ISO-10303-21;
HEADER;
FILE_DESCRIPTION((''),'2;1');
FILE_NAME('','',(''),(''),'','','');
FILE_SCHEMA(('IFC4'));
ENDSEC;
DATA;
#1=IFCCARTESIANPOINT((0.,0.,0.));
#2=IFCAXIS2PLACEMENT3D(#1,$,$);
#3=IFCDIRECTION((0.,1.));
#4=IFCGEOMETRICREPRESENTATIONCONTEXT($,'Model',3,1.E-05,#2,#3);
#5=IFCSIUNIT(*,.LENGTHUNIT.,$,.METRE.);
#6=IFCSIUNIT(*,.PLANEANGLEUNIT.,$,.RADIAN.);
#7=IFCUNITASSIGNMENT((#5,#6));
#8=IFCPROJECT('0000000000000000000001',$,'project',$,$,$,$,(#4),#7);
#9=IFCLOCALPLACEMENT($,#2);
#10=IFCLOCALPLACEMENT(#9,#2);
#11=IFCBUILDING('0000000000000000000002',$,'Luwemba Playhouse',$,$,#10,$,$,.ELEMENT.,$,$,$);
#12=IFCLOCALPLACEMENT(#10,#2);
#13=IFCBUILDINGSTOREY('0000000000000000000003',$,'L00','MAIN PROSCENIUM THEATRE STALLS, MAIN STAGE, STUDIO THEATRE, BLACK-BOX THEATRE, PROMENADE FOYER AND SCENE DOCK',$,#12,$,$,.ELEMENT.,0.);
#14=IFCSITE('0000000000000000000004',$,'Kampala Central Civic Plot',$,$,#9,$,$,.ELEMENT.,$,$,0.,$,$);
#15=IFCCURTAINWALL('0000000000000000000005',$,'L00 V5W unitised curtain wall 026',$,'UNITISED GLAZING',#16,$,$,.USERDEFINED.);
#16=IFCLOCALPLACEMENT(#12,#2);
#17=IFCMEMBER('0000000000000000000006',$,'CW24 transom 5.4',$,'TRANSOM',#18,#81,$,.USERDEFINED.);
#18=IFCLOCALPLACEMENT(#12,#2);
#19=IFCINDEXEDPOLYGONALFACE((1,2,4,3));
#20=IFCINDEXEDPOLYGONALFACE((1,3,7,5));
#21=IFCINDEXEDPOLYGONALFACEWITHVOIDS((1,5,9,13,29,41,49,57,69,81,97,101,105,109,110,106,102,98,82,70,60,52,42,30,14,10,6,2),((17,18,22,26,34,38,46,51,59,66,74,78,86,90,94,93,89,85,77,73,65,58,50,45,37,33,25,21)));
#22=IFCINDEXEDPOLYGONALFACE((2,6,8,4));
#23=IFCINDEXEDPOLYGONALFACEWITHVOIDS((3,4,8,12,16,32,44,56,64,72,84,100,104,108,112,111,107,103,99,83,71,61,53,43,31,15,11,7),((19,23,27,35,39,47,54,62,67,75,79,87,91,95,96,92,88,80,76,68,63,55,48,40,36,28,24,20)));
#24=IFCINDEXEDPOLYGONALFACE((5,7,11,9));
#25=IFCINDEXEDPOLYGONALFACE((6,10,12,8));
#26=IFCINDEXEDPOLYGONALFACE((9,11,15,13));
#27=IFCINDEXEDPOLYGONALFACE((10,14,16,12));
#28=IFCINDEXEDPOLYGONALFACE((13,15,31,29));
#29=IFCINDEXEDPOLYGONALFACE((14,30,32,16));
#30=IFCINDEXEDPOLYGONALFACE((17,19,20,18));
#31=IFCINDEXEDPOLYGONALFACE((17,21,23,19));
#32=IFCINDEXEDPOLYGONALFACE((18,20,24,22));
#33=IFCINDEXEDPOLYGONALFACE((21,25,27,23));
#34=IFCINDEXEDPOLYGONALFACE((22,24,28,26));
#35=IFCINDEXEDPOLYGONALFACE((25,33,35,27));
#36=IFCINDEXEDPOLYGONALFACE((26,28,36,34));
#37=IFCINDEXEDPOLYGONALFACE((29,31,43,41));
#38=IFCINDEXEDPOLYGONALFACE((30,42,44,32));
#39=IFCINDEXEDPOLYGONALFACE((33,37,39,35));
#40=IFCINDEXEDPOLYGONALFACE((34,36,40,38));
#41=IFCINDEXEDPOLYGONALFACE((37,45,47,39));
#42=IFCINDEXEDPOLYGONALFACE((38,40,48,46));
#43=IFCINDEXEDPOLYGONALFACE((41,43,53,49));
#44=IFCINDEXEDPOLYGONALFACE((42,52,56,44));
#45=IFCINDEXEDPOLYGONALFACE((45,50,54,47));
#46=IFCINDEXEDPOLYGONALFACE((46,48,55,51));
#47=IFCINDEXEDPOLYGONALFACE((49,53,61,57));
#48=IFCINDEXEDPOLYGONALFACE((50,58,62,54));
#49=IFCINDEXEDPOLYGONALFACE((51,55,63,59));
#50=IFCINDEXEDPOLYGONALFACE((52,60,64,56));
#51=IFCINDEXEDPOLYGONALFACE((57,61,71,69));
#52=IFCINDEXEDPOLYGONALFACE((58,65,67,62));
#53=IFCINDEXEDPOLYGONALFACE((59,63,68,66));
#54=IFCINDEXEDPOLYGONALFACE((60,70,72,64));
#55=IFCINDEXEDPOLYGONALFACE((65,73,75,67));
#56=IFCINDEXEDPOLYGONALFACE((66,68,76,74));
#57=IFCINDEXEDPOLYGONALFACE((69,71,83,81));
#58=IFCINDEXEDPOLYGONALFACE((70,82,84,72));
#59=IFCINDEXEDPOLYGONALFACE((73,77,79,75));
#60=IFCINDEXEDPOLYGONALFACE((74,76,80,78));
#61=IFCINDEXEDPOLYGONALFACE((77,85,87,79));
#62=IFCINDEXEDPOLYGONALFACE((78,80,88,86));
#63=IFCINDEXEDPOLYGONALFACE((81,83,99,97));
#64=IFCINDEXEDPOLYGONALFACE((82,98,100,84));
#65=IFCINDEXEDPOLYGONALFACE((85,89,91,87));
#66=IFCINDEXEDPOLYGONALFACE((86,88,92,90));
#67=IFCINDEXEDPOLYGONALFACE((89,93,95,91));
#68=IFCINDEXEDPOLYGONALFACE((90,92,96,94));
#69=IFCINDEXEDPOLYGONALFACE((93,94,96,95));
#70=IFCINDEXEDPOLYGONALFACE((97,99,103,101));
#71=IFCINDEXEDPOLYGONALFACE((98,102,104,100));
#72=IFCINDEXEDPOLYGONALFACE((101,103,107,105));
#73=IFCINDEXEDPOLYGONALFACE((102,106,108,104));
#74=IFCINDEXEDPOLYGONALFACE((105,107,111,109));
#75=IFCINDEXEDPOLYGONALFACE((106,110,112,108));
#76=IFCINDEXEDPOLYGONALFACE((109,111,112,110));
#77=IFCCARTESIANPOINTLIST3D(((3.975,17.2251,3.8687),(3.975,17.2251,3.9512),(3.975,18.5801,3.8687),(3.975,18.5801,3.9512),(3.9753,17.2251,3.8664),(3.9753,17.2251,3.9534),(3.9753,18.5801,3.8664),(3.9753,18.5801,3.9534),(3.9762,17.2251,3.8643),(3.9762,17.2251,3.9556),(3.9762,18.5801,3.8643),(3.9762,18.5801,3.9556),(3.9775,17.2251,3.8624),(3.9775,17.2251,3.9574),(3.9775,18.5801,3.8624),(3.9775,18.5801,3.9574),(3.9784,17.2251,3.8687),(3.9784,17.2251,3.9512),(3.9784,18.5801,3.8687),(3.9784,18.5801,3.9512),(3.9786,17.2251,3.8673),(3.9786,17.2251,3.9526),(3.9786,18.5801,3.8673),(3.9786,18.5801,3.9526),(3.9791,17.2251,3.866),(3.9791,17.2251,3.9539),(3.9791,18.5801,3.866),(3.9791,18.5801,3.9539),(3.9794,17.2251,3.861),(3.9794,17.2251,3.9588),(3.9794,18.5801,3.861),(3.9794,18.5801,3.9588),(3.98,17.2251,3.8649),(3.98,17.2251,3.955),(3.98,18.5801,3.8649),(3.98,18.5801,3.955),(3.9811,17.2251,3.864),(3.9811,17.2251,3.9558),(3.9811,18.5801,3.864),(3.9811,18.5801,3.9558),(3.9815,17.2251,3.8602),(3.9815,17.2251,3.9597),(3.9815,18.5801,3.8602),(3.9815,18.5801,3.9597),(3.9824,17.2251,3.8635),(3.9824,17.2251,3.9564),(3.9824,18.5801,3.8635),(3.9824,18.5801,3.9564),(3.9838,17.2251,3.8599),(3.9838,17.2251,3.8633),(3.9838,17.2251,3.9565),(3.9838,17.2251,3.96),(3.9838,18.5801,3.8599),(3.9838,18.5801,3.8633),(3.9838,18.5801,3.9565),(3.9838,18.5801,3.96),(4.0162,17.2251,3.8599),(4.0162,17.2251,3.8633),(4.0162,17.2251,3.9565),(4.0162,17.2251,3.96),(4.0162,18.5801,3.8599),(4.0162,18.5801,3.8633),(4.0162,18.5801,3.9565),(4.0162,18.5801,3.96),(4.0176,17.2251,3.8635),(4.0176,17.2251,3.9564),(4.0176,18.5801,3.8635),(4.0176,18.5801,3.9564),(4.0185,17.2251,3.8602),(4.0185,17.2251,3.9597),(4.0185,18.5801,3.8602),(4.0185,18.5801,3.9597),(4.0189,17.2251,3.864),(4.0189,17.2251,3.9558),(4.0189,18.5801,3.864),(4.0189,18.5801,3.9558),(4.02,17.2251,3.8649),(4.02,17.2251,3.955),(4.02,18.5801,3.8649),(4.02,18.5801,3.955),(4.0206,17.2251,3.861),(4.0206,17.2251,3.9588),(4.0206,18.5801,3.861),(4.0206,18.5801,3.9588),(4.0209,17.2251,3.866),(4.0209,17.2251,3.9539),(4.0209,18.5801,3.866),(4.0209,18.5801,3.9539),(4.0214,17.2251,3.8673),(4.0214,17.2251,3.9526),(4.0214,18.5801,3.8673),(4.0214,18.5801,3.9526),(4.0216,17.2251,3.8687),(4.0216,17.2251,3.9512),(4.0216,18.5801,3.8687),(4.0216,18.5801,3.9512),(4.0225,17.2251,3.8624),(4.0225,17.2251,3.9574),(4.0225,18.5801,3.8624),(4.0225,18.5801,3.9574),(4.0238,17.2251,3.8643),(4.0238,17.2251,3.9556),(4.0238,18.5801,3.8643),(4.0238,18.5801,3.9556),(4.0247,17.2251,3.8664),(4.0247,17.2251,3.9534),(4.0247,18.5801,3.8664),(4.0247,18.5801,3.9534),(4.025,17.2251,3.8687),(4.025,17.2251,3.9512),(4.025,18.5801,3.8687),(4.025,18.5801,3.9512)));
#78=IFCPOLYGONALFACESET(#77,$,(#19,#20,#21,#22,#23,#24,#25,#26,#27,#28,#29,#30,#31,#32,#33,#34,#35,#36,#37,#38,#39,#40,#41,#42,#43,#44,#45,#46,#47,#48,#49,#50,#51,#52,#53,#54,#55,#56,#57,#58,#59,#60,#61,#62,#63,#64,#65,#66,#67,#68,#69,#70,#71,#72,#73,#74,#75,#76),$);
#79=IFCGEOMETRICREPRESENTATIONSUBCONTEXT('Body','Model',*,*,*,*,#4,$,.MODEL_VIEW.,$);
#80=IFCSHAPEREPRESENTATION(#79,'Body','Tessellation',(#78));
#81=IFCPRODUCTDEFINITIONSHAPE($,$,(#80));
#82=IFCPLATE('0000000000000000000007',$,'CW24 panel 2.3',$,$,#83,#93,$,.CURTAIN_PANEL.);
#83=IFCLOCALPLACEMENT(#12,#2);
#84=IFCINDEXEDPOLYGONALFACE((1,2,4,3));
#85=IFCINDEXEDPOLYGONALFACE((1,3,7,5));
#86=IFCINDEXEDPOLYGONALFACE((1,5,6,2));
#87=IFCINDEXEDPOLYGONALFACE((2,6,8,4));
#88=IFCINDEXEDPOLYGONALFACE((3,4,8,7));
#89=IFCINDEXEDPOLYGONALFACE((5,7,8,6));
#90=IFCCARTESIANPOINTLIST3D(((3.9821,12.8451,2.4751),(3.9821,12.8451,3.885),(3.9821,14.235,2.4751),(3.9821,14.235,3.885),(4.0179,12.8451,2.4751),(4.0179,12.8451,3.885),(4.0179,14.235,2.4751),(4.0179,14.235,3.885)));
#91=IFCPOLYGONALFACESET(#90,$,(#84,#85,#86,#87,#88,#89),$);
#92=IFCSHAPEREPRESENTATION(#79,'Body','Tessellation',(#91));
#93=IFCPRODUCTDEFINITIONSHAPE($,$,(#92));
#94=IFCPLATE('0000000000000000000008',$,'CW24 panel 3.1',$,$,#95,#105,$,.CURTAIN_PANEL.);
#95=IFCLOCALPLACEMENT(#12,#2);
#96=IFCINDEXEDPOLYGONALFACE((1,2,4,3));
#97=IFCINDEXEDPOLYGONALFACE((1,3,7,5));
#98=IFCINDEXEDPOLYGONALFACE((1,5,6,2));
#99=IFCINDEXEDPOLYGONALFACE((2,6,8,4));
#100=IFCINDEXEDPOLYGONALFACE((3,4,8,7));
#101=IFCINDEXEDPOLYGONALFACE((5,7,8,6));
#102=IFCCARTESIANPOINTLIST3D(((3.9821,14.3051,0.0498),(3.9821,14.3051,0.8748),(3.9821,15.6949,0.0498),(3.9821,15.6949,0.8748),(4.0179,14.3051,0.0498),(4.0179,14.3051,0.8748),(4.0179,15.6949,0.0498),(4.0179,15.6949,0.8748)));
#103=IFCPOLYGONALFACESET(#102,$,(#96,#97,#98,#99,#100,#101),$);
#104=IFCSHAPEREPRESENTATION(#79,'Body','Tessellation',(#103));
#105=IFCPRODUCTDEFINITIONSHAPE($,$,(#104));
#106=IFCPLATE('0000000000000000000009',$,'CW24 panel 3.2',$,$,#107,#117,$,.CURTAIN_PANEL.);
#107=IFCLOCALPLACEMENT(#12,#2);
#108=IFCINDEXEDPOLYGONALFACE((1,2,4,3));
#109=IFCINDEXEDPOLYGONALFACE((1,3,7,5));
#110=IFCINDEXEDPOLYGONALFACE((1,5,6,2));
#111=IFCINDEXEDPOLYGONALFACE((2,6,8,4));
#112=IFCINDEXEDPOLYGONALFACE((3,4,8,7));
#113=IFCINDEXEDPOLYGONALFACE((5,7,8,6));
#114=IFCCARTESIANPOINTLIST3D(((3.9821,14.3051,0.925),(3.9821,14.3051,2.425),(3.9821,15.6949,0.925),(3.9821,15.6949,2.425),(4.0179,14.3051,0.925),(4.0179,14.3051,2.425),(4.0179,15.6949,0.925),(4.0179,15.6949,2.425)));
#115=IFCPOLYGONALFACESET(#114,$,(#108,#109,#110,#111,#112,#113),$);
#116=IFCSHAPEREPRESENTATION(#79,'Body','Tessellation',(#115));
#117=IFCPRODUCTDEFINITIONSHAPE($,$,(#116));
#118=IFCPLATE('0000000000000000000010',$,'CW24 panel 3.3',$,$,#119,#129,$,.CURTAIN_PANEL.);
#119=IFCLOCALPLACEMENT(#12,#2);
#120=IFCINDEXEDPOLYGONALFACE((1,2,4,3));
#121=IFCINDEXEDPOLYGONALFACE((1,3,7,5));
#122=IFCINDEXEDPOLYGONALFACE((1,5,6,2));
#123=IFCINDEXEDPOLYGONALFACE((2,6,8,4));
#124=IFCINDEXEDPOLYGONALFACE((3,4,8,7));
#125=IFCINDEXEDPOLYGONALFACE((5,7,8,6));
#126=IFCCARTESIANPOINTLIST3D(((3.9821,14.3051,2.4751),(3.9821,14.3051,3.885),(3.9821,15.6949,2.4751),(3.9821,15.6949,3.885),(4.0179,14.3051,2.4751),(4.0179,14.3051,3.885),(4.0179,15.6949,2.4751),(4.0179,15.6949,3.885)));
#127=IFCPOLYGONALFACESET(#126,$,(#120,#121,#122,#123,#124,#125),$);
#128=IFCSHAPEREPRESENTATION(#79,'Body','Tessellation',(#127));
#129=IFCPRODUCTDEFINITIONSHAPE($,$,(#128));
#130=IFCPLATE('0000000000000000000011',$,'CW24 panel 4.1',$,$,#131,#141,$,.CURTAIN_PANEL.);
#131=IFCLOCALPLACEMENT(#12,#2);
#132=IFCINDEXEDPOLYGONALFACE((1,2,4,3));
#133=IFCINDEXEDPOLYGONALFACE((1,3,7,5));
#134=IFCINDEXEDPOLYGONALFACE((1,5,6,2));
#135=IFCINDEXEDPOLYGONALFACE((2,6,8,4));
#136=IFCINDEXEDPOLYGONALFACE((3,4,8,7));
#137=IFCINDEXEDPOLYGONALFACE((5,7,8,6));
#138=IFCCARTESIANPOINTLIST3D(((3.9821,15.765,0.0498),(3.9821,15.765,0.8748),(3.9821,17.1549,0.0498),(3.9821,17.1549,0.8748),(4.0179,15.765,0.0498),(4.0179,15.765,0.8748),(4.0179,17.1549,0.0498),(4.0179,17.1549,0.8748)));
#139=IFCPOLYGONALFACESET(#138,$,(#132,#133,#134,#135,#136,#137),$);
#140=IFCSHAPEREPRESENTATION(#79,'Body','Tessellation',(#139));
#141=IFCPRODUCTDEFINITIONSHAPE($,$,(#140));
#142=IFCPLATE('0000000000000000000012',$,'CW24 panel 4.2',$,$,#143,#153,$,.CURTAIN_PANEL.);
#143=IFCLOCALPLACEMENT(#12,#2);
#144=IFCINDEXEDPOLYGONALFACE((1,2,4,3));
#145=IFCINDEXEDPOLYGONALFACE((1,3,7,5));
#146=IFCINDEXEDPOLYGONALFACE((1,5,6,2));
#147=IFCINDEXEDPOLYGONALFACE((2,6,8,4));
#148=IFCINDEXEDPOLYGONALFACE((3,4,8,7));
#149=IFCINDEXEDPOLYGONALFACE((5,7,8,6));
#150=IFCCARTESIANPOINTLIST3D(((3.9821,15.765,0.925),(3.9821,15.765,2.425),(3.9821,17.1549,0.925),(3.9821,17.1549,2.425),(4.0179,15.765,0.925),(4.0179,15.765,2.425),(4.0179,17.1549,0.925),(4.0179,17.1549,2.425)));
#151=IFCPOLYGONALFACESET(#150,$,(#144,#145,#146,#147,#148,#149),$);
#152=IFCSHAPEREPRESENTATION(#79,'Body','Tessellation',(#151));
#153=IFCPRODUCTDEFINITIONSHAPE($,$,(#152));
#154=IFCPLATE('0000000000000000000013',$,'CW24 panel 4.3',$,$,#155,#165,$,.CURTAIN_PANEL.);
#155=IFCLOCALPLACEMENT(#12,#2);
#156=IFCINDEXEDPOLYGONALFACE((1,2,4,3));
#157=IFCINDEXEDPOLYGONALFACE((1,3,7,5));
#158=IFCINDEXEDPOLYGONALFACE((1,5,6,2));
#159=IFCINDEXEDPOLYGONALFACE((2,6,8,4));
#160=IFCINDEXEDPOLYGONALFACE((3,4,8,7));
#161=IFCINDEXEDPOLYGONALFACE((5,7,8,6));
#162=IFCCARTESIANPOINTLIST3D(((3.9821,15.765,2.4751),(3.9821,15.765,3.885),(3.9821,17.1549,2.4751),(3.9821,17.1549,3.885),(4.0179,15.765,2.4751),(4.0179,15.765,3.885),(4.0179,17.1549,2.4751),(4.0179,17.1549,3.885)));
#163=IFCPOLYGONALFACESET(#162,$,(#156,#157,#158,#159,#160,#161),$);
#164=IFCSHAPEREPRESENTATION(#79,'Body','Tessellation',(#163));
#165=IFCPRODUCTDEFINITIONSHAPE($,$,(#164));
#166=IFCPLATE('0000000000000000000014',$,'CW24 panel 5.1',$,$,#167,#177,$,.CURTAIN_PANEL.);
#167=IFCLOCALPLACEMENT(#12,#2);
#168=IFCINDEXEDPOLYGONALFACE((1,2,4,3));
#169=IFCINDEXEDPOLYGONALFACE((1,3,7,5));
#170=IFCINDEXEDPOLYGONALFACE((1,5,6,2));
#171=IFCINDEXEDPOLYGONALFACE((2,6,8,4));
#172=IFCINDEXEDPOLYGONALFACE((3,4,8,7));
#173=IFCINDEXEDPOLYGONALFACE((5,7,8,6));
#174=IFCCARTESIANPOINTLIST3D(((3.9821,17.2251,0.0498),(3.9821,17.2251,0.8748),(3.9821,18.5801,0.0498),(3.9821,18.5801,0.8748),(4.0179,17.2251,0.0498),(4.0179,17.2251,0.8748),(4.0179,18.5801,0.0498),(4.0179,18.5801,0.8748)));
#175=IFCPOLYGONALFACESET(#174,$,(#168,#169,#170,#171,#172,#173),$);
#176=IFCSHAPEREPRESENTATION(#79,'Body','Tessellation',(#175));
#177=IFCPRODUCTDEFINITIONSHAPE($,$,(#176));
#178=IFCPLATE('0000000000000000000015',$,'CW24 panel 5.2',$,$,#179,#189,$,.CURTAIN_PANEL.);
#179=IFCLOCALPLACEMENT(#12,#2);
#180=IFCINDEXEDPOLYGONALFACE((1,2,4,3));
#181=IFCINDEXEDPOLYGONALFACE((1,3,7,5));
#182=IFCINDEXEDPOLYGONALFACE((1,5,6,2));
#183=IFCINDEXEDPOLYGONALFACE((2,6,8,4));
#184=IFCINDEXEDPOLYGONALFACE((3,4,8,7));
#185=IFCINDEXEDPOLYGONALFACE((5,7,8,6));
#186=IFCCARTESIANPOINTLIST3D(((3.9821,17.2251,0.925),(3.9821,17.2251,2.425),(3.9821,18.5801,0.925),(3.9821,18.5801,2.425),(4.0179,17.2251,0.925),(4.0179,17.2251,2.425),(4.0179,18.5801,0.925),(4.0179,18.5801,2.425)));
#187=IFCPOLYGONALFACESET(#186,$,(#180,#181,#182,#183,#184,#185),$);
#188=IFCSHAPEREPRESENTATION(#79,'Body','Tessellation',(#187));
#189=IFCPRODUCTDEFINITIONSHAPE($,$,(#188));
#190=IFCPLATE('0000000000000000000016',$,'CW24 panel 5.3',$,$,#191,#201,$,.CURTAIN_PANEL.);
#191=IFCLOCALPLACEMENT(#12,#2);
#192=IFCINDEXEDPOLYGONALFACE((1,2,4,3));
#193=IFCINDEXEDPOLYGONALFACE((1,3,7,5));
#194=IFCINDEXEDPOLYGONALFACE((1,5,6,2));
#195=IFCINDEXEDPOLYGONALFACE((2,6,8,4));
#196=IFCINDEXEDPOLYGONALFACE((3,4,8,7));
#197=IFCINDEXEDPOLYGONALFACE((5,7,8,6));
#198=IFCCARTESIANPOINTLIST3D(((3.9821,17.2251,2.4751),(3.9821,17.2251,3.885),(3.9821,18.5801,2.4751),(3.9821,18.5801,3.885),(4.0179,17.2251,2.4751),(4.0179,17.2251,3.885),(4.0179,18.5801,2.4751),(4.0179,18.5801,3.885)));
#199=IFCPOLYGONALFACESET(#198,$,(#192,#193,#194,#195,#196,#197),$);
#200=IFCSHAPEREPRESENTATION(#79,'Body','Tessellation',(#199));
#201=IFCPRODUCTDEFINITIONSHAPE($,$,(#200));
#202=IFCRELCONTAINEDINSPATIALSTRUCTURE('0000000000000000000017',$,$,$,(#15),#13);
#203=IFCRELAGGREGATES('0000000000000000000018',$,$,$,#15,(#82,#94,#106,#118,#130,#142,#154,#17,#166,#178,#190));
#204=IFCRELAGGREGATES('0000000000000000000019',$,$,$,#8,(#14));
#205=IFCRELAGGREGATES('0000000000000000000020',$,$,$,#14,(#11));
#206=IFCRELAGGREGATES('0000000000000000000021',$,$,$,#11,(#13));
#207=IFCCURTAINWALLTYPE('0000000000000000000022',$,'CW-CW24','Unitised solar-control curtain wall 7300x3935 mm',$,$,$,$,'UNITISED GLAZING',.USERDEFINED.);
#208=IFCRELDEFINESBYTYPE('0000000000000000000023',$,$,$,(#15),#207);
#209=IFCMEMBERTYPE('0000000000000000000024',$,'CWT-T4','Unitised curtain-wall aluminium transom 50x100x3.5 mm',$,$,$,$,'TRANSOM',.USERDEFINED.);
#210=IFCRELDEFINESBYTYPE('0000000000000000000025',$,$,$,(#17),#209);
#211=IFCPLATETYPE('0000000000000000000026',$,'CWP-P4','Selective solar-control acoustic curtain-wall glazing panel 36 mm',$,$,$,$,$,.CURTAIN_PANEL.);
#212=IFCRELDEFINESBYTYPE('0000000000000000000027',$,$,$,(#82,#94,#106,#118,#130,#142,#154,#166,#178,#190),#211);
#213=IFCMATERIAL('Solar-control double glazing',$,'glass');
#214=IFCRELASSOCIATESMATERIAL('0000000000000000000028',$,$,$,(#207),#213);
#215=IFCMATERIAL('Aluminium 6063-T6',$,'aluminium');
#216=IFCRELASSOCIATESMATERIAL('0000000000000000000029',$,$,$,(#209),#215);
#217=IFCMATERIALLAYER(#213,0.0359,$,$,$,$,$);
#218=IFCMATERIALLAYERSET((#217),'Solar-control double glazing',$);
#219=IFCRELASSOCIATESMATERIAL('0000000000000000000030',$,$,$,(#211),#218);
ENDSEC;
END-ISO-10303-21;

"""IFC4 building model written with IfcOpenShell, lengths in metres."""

from ifc_helpers import new_model, si_unit, direction, frame, origin, origin_2d, place, context, subcontext, project, spatial, rectangle, hollow_rectangle, extrude, material, layer, layer_set, material_profile, profile_set, type_object, element, aggregate, save


model = new_model("IFC4")

# Units and contexts
model_context = context("Model", 3, precision=1e-05, world=origin(), true_north=direction((0.0, 1.0)))
body_context = subcontext(model_context, "Body", "Model", "MODEL_VIEW")
ifc_project = project(units=[si_unit("LENGTHUNIT", "METRE"), si_unit("PLANEANGLEUNIT", "RADIAN")], contexts=[model_context])

# Site, building, storey
site_placement = place(None, origin())
site = spatial("IfcSite", under=ifc_project, at=site_placement, Name="Kampala Central Civic Plot", CompositionType="ELEMENT", RefElevation=0.0)
building_placement = place(site_placement, origin())
building = spatial("IfcBuilding", under=site, at=building_placement, Name="Luwemba Playhouse", CompositionType="ELEMENT")
storey_placement = place(building_placement, origin())
storey = spatial("IfcBuildingStorey", under=building, at=storey_placement, Name="L00", Description="MAIN PROSCENIUM THEATRE STALLS, MAIN STAGE, STUDIO THEATRE, BLACK-BOX THEATRE, PROMENADE FOYER AND SCENE DOCK", CompositionType="ELEMENT", Elevation=0.0)

# Curtain wall, member, plates
ifc_material_1 = material(Name="Solar-control double glazing", Category="glass")
curtain_wall_type = type_object("IfcCurtainWallType", Name="CW-CW24", Description="Unitised solar-control curtain wall 7300x3935 mm", ElementType="UNITISED GLAZING", PredefinedType="USERDEFINED", material=ifc_material_1)
curtain_wall_placement = place(storey_placement, origin())
curtain_wall = element("IfcCurtainWall", 1, at=curtain_wall_placement, inside=storey, type_object=curtain_wall_type, Name="L00 V5W unitised curtain wall 026", ObjectType="UNITISED GLAZING", PredefinedType="USERDEFINED")
ifc_material_2 = material(Name="Aluminium 6063-T6", Category="aluminium")
ifc_material_profile_1 = material_profile(ifc_material_2, hollow_rectangle(XDim=0.05, YDim=0.1001, WallThickness=0.0034, InnerFilletRadius=0.0054, OuterFilletRadius=0.0088, at=origin_2d()))
ifc_profile_set_1 = profile_set([ifc_material_profile_1], Name="Aluminium 6063-T6")
member_type_1 = type_object("IfcMemberType", Name="CWT-T4", Description="Unitised curtain-wall aluminium transom 50x100x3.5 mm", ElementType="TRANSOM", PredefinedType="USERDEFINED", material=ifc_profile_set_1)
member_1_placement = place(storey_placement, frame((4.0, 17.2251, 3.9099), z_axis=(0.0, 1.0, 0.0), x_axis=(-1.0, 0.0, 0.0)))
member_1 = element("IfcMember", 2, at=member_1_placement, type_object=member_type_1, Name="CW24 transom 5.4", ObjectType="TRANSOM", PredefinedType="USERDEFINED", context=body_context, shape_type="SweptSolid", body=[
    extrude(hollow_rectangle(XDim=0.05, YDim=0.1001, WallThickness=0.0034, InnerFilletRadius=0.0054, OuterFilletRadius=0.0088, at=origin_2d()), origin(), (0.0, 0.0, 1.0), 1.355),
])
ifc_layer = layer(ifc_material_1, 0.0359)
ifc_layer_set = layer_set([ifc_layer], Name="Solar-control double glazing")
plate_type = type_object("IfcPlateType", Name="CWP-P4", Description="Selective solar-control acoustic curtain-wall glazing panel 36 mm", PredefinedType="CURTAIN_PANEL", material=ifc_layer_set)
plate_1_placement = place(storey_placement, frame((4.0, 13.54, 2.4751), z_axis=(0.0, 0.0, 1.0), x_axis=(0.0, 1.0, 0.0)))
plate_1 = element("IfcPlate", 3, at=plate_1_placement, type_object=plate_type, Name="CW24 panel 2.3", PredefinedType="CURTAIN_PANEL", context=body_context, shape_type="SweptSolid", body=[
    extrude(rectangle(XDim=1.3899, YDim=0.0359, at=origin_2d()), origin(), (0.0, 0.0, 1.0), 1.4099),
])
plate_2_placement = place(storey_placement, frame((4.0, 15.0, 0.0498), z_axis=(0.0, 0.0, 1.0), x_axis=(0.0, 1.0, 0.0)))
plate_2 = element("IfcPlate", 4, at=plate_2_placement, type_object=plate_type, Name="CW24 panel 3.1", PredefinedType="CURTAIN_PANEL", context=body_context, shape_type="SweptSolid", body=[
    extrude(rectangle(XDim=1.3899, YDim=0.0359, at=origin_2d()), origin(), (0.0, 0.0, 1.0), 0.825),
])
plate_3_placement = place(storey_placement, frame((4.0, 15.0, 0.925), z_axis=(0.0, 0.0, 1.0), x_axis=(0.0, 1.0, 0.0)))
plate_3 = element("IfcPlate", 5, at=plate_3_placement, type_object=plate_type, Name="CW24 panel 3.2", PredefinedType="CURTAIN_PANEL", context=body_context, shape_type="SweptSolid", body=[
    extrude(rectangle(XDim=1.3899, YDim=0.0359, at=origin_2d()), origin(), (0.0, 0.0, 1.0), 1.5),
])
plate_4_placement = place(storey_placement, frame((4.0, 15.0, 2.4751), z_axis=(0.0, 0.0, 1.0), x_axis=(0.0, 1.0, 0.0)))
plate_4 = element("IfcPlate", 6, at=plate_4_placement, type_object=plate_type, Name="CW24 panel 3.3", PredefinedType="CURTAIN_PANEL", context=body_context, shape_type="SweptSolid", body=[
    extrude(rectangle(XDim=1.3899, YDim=0.0359, at=origin_2d()), origin(), (0.0, 0.0, 1.0), 1.4099),
])
plate_5_placement = place(storey_placement, frame((4.0, 16.46, 0.0498), z_axis=(0.0, 0.0, 1.0), x_axis=(0.0, 1.0, 0.0)))
plate_5 = element("IfcPlate", 7, at=plate_5_placement, type_object=plate_type, Name="CW24 panel 4.1", PredefinedType="CURTAIN_PANEL", context=body_context, shape_type="SweptSolid", body=[
    extrude(rectangle(XDim=1.3899, YDim=0.0359, at=origin_2d()), origin(), (0.0, 0.0, 1.0), 0.825),
])
plate_6_placement = place(storey_placement, frame((4.0, 16.46, 0.925), z_axis=(0.0, 0.0, 1.0), x_axis=(0.0, 1.0, 0.0)))
plate_6 = element("IfcPlate", 8, at=plate_6_placement, type_object=plate_type, Name="CW24 panel 4.2", PredefinedType="CURTAIN_PANEL", context=body_context, shape_type="SweptSolid", body=[
    extrude(rectangle(XDim=1.3899, YDim=0.0359, at=origin_2d()), origin(), (0.0, 0.0, 1.0), 1.5),
])
plate_7_placement = place(storey_placement, frame((4.0, 16.46, 2.4751), z_axis=(0.0, 0.0, 1.0), x_axis=(0.0, 1.0, 0.0)))
plate_7 = element("IfcPlate", 9, at=plate_7_placement, type_object=plate_type, Name="CW24 panel 4.3", PredefinedType="CURTAIN_PANEL", context=body_context, shape_type="SweptSolid", body=[
    extrude(rectangle(XDim=1.3899, YDim=0.0359, at=origin_2d()), origin(), (0.0, 0.0, 1.0), 1.4099),
])
plate_8_placement = place(storey_placement, frame((4.0, 17.9026, 0.0498), z_axis=(0.0, 0.0, 1.0), x_axis=(0.0, 1.0, 0.0)))
plate_8 = element("IfcPlate", 10, at=plate_8_placement, type_object=plate_type, Name="CW24 panel 5.1", PredefinedType="CURTAIN_PANEL", context=body_context, shape_type="SweptSolid", body=[
    extrude(rectangle(XDim=1.355, YDim=0.0359, at=origin_2d()), origin(), (0.0, 0.0, 1.0), 0.825),
])
plate_9_placement = place(storey_placement, frame((4.0, 17.9026, 0.925), z_axis=(0.0, 0.0, 1.0), x_axis=(0.0, 1.0, 0.0)))
plate_9 = element("IfcPlate", 11, at=plate_9_placement, type_object=plate_type, Name="CW24 panel 5.2", PredefinedType="CURTAIN_PANEL", context=body_context, shape_type="SweptSolid", body=[
    extrude(rectangle(XDim=1.355, YDim=0.0359, at=origin_2d()), origin(), (0.0, 0.0, 1.0), 1.5),
])
plate_10_placement = place(storey_placement, frame((4.0, 17.9026, 2.4751), z_axis=(0.0, 0.0, 1.0), x_axis=(0.0, 1.0, 0.0)))
plate_10 = element("IfcPlate", 12, at=plate_10_placement, type_object=plate_type, Name="CW24 panel 5.3", PredefinedType="CURTAIN_PANEL", context=body_context, shape_type="SweptSolid", body=[
    extrude(rectangle(XDim=1.355, YDim=0.0359, at=origin_2d()), origin(), (0.0, 0.0, 1.0), 1.4099),
])
aggregate(curtain_wall, [plate_1, plate_2, plate_3, plate_4, plate_5, plate_6, plate_7, member_1, plate_8, plate_9, plate_10])

save(model, "model.ifc")
